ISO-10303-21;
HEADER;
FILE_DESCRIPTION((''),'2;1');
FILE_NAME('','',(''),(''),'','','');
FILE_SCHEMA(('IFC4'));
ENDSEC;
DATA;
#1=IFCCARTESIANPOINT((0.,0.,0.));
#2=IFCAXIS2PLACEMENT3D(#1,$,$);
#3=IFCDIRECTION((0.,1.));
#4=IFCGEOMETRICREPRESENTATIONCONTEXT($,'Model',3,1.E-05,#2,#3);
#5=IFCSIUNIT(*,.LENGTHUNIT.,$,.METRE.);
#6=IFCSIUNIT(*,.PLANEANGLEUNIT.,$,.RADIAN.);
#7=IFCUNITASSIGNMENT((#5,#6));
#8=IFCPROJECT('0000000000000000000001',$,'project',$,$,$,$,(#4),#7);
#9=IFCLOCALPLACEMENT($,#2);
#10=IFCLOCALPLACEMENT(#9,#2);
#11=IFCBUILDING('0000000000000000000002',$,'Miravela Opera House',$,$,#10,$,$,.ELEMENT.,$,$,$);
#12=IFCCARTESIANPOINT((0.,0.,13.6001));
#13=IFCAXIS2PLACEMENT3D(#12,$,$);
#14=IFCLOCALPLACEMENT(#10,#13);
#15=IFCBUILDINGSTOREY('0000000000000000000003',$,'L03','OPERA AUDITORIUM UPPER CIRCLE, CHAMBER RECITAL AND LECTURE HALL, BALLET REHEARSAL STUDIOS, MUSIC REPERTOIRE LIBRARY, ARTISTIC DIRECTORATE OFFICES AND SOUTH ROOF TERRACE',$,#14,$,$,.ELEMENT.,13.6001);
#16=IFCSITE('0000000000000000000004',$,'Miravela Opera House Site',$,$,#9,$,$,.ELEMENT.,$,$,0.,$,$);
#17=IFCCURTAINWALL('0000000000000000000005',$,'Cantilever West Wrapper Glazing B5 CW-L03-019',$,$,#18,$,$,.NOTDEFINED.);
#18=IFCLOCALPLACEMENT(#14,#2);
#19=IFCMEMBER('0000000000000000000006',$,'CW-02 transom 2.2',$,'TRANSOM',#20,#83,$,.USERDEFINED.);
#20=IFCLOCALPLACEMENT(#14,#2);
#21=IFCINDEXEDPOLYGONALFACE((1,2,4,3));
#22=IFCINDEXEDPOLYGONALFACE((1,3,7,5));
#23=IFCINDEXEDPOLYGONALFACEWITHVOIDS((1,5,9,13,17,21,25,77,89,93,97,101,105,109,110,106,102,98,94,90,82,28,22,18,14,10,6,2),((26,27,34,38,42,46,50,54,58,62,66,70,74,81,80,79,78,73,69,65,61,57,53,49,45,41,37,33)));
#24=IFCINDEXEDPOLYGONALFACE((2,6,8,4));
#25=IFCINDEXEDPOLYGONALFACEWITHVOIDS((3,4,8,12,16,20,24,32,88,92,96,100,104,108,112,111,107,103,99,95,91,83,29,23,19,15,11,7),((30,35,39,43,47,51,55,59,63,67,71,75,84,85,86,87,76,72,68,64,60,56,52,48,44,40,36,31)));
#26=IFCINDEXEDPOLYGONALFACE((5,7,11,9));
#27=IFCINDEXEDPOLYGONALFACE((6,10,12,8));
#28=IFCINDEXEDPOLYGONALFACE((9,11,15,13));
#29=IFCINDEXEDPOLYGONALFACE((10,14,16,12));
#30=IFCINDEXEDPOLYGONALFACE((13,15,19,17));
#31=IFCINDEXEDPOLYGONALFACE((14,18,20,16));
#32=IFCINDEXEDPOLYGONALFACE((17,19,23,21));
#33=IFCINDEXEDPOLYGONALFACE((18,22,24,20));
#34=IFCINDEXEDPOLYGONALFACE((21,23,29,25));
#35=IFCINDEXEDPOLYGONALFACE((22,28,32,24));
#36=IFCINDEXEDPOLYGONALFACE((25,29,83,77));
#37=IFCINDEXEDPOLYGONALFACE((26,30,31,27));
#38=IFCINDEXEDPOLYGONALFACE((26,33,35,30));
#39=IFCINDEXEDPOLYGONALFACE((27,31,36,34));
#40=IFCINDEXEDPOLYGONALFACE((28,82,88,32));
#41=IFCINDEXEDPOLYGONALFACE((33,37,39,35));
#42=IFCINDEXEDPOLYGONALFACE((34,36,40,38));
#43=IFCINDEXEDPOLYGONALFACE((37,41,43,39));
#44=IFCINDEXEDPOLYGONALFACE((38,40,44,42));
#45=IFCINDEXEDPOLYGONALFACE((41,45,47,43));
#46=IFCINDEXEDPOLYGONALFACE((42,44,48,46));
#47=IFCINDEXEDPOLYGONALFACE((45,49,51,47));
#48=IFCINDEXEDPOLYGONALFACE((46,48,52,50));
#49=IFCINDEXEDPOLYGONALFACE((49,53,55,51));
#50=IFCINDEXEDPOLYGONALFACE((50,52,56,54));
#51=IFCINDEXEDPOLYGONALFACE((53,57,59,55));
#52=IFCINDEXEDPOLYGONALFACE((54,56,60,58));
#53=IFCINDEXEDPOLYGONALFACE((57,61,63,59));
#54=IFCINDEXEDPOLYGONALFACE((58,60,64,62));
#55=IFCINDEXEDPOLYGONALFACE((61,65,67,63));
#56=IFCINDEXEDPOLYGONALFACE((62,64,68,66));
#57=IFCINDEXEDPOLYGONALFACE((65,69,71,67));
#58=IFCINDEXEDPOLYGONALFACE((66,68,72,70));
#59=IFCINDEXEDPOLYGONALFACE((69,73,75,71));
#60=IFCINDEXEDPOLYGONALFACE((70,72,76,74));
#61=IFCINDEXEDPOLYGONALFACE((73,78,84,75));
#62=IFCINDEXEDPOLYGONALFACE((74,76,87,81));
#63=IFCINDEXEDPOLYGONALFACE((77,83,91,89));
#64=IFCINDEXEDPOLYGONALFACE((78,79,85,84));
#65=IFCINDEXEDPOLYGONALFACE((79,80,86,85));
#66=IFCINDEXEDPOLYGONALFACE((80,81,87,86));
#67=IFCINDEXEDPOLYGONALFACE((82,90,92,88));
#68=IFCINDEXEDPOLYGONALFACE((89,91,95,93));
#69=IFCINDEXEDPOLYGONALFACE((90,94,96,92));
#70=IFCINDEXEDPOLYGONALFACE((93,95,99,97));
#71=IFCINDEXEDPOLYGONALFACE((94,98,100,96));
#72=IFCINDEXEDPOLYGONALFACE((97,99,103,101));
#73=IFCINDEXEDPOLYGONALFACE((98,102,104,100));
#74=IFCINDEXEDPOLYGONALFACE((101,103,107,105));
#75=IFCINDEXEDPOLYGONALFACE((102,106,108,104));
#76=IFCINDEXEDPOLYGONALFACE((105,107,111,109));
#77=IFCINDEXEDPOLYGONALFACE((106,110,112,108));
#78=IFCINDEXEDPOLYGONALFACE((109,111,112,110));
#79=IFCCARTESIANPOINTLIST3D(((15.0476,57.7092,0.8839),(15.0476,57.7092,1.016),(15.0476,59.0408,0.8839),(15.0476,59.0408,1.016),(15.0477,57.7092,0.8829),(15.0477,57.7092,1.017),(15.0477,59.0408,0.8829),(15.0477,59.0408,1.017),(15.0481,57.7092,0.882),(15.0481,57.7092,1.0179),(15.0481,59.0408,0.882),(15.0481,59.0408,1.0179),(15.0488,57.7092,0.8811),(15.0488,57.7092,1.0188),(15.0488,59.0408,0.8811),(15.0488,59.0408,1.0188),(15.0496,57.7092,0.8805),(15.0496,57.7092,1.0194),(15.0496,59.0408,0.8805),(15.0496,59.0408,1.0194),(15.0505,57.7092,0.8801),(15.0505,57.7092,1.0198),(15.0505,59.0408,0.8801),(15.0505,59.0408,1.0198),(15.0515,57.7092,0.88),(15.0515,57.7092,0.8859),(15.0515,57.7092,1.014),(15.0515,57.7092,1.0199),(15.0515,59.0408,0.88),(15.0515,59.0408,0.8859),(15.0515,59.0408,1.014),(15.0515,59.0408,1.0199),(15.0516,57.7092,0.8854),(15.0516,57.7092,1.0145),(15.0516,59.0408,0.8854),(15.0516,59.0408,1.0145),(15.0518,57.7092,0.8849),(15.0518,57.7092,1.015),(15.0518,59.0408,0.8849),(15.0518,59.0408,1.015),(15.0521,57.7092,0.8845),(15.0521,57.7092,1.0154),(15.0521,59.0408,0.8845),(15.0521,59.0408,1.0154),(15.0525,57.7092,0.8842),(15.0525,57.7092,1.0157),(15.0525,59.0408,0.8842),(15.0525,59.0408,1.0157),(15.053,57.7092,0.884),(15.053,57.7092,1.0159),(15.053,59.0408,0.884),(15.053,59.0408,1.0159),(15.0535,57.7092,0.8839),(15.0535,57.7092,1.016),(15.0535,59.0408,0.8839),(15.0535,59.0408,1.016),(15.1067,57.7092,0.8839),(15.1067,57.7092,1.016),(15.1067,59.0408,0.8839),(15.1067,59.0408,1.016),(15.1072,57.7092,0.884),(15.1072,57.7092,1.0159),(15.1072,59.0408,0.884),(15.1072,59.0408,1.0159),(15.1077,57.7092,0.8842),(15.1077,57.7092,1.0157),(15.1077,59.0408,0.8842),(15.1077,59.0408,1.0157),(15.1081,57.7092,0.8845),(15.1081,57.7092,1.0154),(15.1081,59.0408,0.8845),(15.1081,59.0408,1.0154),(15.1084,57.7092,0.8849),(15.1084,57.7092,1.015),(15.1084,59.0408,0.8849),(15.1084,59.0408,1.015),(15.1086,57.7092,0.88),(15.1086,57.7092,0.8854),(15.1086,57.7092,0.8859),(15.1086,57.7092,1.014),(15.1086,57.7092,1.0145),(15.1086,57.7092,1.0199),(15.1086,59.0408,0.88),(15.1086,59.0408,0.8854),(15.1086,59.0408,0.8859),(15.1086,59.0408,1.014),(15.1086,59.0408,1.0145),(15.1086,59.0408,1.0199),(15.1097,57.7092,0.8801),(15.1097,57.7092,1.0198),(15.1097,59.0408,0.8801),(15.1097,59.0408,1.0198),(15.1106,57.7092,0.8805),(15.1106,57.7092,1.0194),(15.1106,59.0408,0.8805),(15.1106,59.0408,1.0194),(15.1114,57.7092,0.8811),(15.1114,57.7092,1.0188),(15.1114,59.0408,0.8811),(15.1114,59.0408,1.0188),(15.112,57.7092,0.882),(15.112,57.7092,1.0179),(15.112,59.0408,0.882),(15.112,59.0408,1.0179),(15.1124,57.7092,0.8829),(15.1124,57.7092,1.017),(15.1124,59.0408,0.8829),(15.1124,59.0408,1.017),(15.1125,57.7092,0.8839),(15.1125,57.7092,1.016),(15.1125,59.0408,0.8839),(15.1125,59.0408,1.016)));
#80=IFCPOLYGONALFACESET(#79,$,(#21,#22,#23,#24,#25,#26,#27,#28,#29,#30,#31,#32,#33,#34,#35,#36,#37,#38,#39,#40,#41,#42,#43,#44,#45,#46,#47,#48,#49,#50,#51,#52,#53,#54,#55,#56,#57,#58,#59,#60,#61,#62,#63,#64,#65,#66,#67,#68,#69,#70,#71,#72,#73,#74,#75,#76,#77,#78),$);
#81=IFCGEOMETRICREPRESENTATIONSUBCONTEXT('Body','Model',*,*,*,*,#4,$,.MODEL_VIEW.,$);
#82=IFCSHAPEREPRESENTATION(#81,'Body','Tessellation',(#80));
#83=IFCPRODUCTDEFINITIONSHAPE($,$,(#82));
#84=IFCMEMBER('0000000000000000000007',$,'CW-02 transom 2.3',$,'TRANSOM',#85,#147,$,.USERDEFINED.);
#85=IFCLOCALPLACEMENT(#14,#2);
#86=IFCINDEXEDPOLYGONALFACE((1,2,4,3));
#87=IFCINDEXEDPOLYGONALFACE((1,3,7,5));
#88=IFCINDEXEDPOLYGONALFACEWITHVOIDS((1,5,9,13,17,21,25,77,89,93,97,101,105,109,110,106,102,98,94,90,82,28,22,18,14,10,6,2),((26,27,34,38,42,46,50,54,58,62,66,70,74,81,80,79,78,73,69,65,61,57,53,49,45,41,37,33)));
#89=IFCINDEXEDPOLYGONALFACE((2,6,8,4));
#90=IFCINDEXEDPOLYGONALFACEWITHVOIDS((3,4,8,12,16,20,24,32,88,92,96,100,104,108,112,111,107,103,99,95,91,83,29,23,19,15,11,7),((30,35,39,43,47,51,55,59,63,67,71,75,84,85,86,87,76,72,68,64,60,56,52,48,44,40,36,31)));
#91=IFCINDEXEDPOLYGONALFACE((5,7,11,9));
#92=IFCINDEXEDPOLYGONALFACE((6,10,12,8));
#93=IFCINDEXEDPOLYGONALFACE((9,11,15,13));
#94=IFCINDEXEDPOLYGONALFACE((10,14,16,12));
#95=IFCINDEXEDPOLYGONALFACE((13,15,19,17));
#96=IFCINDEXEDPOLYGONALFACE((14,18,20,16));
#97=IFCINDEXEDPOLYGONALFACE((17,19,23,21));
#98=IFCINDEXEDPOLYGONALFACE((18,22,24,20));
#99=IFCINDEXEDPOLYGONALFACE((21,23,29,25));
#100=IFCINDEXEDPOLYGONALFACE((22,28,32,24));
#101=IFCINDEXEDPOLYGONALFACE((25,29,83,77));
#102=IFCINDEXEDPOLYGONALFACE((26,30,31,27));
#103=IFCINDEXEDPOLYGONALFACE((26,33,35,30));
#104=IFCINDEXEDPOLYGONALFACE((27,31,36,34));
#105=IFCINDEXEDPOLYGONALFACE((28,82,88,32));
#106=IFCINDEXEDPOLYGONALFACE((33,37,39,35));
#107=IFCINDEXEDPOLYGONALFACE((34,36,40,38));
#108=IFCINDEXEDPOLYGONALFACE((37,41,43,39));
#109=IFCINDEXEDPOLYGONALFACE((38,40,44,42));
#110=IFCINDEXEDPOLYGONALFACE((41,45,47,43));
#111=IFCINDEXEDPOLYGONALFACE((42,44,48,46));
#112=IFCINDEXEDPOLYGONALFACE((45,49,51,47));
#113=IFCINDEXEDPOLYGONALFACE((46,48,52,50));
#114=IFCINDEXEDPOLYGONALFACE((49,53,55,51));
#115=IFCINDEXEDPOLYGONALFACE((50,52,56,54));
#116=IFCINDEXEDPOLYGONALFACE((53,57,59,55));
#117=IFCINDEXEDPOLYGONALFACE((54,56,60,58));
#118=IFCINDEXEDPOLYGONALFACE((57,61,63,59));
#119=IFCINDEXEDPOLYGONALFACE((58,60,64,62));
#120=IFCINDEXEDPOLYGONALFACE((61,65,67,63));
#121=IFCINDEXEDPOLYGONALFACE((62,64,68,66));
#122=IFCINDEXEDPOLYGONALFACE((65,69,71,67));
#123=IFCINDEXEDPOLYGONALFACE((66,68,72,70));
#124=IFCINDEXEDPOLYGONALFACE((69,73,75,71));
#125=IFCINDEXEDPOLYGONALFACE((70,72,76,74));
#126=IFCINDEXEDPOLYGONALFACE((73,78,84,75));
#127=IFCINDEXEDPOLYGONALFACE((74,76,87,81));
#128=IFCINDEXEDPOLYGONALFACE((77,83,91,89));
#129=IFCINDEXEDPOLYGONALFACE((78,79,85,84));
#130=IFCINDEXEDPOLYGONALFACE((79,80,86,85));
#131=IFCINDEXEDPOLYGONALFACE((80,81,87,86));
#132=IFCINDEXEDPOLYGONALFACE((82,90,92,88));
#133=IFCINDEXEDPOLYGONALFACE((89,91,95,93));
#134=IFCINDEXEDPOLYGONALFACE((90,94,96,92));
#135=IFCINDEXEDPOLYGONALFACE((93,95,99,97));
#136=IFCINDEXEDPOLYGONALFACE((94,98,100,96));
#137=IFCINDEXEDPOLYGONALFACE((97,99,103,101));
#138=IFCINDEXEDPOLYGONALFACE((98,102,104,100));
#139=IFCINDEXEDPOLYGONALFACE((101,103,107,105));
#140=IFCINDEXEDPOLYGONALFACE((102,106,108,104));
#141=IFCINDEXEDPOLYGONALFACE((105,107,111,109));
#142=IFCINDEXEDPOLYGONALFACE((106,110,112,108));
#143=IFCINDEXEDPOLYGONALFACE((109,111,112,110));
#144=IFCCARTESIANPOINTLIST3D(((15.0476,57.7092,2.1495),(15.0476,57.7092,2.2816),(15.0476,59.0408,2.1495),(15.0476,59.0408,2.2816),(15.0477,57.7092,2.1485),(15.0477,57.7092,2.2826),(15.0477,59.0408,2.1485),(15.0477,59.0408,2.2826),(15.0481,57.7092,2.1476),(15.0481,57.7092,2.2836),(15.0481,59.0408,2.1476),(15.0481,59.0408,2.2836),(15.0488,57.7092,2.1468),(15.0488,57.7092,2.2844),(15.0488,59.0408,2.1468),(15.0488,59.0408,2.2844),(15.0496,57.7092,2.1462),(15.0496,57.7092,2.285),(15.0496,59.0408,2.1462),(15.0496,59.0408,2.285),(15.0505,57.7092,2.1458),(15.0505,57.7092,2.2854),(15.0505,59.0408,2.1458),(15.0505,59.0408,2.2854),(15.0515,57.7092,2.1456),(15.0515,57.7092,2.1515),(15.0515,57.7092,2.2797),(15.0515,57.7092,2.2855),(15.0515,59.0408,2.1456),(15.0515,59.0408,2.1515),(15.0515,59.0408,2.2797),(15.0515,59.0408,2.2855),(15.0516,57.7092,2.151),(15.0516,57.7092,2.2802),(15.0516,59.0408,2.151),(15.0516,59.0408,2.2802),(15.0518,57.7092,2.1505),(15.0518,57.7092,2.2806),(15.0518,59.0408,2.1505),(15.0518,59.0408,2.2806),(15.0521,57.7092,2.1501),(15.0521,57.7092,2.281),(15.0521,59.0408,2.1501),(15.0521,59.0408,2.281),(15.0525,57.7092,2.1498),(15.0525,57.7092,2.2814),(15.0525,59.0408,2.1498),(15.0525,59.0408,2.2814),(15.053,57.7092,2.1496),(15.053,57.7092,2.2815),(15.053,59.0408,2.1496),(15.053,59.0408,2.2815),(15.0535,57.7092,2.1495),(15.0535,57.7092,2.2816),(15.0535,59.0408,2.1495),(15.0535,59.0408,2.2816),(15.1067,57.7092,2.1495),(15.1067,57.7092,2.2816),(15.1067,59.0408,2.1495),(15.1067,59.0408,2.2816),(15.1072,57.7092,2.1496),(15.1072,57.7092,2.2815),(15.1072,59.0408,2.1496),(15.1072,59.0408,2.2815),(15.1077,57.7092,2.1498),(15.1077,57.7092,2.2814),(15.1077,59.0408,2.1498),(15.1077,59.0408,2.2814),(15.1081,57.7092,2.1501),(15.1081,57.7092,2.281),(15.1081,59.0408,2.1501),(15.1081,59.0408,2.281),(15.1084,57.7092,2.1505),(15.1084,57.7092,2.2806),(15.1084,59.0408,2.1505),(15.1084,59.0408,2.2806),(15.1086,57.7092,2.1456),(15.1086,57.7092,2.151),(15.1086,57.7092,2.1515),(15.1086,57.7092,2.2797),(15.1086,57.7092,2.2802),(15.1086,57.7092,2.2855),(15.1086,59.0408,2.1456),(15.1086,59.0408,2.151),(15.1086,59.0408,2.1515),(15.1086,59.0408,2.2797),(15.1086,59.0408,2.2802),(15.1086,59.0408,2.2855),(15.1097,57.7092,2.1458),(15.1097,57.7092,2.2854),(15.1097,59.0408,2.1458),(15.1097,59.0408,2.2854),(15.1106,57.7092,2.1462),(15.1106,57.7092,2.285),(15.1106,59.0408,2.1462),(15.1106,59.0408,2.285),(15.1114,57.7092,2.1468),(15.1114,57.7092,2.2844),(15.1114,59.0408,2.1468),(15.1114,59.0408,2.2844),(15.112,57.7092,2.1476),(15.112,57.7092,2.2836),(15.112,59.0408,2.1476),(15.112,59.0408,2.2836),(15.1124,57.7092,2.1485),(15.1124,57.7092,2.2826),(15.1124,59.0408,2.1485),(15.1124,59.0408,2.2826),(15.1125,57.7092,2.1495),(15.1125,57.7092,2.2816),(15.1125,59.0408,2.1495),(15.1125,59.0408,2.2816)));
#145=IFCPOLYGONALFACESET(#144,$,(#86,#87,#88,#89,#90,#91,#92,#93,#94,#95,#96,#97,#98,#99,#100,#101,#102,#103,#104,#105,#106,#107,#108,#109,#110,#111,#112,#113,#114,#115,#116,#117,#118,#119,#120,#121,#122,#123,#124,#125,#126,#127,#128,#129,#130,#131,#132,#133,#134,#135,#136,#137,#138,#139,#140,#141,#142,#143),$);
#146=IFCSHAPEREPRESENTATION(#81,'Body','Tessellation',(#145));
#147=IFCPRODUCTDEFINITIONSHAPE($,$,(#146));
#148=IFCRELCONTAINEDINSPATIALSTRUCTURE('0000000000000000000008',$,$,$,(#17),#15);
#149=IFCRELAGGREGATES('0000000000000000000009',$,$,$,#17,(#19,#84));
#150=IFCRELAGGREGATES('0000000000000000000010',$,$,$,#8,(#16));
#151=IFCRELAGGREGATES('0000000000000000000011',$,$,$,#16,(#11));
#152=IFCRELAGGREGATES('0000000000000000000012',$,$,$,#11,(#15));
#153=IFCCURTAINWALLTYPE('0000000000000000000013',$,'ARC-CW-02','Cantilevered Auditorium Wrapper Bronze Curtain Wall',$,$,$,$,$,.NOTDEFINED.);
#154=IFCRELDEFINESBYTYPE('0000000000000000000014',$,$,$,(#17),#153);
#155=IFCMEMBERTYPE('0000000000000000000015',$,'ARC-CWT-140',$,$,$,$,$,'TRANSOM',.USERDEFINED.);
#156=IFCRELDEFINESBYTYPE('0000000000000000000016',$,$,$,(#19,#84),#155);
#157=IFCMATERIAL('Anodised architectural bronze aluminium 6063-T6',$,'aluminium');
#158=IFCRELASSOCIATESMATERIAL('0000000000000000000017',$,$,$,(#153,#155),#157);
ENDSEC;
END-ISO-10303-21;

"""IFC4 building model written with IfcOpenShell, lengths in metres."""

from ifc_helpers import new_model, si_unit, direction, frame, origin, origin_2d, place, context, subcontext, project, spatial, hollow_rectangle, extrude, material, material_profile, profile_set, type_object, element, aggregate, save


model = new_model("IFC4")

# Units and contexts
model_context = context("Model", 3, precision=1e-05, world=origin(), true_north=direction((0.0, 1.0)))
body_context = subcontext(model_context, "Body", "Model", "MODEL_VIEW")
ifc_project = project(units=[si_unit("LENGTHUNIT", "METRE"), si_unit("PLANEANGLEUNIT", "RADIAN")], contexts=[model_context])

# Site, building, storey
site_placement = place(None, origin())
site = spatial("IfcSite", under=ifc_project, at=site_placement, Name="Miravela Opera House Site", CompositionType="ELEMENT", RefElevation=0.0)
building_placement = place(site_placement, origin())
building = spatial("IfcBuilding", under=site, at=building_placement, Name="Miravela Opera House", CompositionType="ELEMENT")
storey_placement = place(building_placement, frame((0.0, 0.0, 13.6001)))
storey = spatial("IfcBuildingStorey", under=building, at=storey_placement, Name="L03", Description="OPERA AUDITORIUM UPPER CIRCLE, CHAMBER RECITAL AND LECTURE HALL, BALLET REHEARSAL STUDIOS, MUSIC REPERTOIRE LIBRARY, ARTISTIC DIRECTORATE OFFICES AND SOUTH ROOF TERRACE", CompositionType="ELEMENT", Elevation=13.6001)

# Curtain wall
ifc_material_1 = material(Name="Anodised architectural bronze aluminium 6063-T6", Category="aluminium")
curtain_wall_type = type_object("IfcCurtainWallType", Name="ARC-CW-02", Description="Cantilevered Auditorium Wrapper Bronze Curtain Wall", PredefinedType="NOTDEFINED", material=ifc_material_1)
curtain_wall_1_placement = place(storey_placement, origin())
curtain_wall_1 = element("IfcCurtainWall", 1, at=curtain_wall_1_placement, inside=storey, type_object=curtain_wall_type, Name="Cantilever West Wrapper Glazing B5 CW-L03-019", PredefinedType="NOTDEFINED")

# Members
ifc_material_profile_1 = material_profile(ifc_material_1, hollow_rectangle(XDim=0.0649, YDim=0.1399, WallThickness=0.0039, InnerFilletRadius=0.002, OuterFilletRadius=0.0039, at=origin_2d()), Name="CWT-65X140")
ifc_profile_set_1 = profile_set([ifc_material_profile_1])
member_type_1 = type_object("IfcMemberType", Name="ARC-CWT-140", ElementType="TRANSOM", PredefinedType="USERDEFINED", material=ifc_profile_set_1)
member_1_placement = place(storey_placement, frame((15.0801, 57.7092, 0.95), z_axis=(0.0, 1.0, 0.0), x_axis=(-1.0, 0.0, 0.0)))
member_1 = element("IfcMember", 2, at=member_1_placement, type_object=member_type_1, Name="CW-02 transom 2.2", ObjectType="TRANSOM", PredefinedType="USERDEFINED", context=body_context, shape_type="SweptSolid", body=[
    extrude(hollow_rectangle(XDim=0.0649, YDim=0.1399, WallThickness=0.0039, InnerFilletRadius=0.002, OuterFilletRadius=0.0039, at=origin_2d()), origin(), (0.0, 0.0, 1.0), 1.3315),
])
member_2_placement = place(storey_placement, frame((15.0801, 57.7092, 2.2156), z_axis=(0.0, 1.0, 0.0), x_axis=(-1.0, 0.0, 0.0)))
member_2 = element("IfcMember", 3, at=member_2_placement, type_object=member_type_1, Name="CW-02 transom 2.3", ObjectType="TRANSOM", PredefinedType="USERDEFINED", context=body_context, shape_type="SweptSolid", body=[
    extrude(hollow_rectangle(XDim=0.0649, YDim=0.1399, WallThickness=0.0039, InnerFilletRadius=0.002, OuterFilletRadius=0.0039, at=origin_2d()), origin(), (0.0, 0.0, 1.0), 1.3315),
])

aggregate(curtain_wall_1, [member_1, member_2])

save(model, "model.ifc")
